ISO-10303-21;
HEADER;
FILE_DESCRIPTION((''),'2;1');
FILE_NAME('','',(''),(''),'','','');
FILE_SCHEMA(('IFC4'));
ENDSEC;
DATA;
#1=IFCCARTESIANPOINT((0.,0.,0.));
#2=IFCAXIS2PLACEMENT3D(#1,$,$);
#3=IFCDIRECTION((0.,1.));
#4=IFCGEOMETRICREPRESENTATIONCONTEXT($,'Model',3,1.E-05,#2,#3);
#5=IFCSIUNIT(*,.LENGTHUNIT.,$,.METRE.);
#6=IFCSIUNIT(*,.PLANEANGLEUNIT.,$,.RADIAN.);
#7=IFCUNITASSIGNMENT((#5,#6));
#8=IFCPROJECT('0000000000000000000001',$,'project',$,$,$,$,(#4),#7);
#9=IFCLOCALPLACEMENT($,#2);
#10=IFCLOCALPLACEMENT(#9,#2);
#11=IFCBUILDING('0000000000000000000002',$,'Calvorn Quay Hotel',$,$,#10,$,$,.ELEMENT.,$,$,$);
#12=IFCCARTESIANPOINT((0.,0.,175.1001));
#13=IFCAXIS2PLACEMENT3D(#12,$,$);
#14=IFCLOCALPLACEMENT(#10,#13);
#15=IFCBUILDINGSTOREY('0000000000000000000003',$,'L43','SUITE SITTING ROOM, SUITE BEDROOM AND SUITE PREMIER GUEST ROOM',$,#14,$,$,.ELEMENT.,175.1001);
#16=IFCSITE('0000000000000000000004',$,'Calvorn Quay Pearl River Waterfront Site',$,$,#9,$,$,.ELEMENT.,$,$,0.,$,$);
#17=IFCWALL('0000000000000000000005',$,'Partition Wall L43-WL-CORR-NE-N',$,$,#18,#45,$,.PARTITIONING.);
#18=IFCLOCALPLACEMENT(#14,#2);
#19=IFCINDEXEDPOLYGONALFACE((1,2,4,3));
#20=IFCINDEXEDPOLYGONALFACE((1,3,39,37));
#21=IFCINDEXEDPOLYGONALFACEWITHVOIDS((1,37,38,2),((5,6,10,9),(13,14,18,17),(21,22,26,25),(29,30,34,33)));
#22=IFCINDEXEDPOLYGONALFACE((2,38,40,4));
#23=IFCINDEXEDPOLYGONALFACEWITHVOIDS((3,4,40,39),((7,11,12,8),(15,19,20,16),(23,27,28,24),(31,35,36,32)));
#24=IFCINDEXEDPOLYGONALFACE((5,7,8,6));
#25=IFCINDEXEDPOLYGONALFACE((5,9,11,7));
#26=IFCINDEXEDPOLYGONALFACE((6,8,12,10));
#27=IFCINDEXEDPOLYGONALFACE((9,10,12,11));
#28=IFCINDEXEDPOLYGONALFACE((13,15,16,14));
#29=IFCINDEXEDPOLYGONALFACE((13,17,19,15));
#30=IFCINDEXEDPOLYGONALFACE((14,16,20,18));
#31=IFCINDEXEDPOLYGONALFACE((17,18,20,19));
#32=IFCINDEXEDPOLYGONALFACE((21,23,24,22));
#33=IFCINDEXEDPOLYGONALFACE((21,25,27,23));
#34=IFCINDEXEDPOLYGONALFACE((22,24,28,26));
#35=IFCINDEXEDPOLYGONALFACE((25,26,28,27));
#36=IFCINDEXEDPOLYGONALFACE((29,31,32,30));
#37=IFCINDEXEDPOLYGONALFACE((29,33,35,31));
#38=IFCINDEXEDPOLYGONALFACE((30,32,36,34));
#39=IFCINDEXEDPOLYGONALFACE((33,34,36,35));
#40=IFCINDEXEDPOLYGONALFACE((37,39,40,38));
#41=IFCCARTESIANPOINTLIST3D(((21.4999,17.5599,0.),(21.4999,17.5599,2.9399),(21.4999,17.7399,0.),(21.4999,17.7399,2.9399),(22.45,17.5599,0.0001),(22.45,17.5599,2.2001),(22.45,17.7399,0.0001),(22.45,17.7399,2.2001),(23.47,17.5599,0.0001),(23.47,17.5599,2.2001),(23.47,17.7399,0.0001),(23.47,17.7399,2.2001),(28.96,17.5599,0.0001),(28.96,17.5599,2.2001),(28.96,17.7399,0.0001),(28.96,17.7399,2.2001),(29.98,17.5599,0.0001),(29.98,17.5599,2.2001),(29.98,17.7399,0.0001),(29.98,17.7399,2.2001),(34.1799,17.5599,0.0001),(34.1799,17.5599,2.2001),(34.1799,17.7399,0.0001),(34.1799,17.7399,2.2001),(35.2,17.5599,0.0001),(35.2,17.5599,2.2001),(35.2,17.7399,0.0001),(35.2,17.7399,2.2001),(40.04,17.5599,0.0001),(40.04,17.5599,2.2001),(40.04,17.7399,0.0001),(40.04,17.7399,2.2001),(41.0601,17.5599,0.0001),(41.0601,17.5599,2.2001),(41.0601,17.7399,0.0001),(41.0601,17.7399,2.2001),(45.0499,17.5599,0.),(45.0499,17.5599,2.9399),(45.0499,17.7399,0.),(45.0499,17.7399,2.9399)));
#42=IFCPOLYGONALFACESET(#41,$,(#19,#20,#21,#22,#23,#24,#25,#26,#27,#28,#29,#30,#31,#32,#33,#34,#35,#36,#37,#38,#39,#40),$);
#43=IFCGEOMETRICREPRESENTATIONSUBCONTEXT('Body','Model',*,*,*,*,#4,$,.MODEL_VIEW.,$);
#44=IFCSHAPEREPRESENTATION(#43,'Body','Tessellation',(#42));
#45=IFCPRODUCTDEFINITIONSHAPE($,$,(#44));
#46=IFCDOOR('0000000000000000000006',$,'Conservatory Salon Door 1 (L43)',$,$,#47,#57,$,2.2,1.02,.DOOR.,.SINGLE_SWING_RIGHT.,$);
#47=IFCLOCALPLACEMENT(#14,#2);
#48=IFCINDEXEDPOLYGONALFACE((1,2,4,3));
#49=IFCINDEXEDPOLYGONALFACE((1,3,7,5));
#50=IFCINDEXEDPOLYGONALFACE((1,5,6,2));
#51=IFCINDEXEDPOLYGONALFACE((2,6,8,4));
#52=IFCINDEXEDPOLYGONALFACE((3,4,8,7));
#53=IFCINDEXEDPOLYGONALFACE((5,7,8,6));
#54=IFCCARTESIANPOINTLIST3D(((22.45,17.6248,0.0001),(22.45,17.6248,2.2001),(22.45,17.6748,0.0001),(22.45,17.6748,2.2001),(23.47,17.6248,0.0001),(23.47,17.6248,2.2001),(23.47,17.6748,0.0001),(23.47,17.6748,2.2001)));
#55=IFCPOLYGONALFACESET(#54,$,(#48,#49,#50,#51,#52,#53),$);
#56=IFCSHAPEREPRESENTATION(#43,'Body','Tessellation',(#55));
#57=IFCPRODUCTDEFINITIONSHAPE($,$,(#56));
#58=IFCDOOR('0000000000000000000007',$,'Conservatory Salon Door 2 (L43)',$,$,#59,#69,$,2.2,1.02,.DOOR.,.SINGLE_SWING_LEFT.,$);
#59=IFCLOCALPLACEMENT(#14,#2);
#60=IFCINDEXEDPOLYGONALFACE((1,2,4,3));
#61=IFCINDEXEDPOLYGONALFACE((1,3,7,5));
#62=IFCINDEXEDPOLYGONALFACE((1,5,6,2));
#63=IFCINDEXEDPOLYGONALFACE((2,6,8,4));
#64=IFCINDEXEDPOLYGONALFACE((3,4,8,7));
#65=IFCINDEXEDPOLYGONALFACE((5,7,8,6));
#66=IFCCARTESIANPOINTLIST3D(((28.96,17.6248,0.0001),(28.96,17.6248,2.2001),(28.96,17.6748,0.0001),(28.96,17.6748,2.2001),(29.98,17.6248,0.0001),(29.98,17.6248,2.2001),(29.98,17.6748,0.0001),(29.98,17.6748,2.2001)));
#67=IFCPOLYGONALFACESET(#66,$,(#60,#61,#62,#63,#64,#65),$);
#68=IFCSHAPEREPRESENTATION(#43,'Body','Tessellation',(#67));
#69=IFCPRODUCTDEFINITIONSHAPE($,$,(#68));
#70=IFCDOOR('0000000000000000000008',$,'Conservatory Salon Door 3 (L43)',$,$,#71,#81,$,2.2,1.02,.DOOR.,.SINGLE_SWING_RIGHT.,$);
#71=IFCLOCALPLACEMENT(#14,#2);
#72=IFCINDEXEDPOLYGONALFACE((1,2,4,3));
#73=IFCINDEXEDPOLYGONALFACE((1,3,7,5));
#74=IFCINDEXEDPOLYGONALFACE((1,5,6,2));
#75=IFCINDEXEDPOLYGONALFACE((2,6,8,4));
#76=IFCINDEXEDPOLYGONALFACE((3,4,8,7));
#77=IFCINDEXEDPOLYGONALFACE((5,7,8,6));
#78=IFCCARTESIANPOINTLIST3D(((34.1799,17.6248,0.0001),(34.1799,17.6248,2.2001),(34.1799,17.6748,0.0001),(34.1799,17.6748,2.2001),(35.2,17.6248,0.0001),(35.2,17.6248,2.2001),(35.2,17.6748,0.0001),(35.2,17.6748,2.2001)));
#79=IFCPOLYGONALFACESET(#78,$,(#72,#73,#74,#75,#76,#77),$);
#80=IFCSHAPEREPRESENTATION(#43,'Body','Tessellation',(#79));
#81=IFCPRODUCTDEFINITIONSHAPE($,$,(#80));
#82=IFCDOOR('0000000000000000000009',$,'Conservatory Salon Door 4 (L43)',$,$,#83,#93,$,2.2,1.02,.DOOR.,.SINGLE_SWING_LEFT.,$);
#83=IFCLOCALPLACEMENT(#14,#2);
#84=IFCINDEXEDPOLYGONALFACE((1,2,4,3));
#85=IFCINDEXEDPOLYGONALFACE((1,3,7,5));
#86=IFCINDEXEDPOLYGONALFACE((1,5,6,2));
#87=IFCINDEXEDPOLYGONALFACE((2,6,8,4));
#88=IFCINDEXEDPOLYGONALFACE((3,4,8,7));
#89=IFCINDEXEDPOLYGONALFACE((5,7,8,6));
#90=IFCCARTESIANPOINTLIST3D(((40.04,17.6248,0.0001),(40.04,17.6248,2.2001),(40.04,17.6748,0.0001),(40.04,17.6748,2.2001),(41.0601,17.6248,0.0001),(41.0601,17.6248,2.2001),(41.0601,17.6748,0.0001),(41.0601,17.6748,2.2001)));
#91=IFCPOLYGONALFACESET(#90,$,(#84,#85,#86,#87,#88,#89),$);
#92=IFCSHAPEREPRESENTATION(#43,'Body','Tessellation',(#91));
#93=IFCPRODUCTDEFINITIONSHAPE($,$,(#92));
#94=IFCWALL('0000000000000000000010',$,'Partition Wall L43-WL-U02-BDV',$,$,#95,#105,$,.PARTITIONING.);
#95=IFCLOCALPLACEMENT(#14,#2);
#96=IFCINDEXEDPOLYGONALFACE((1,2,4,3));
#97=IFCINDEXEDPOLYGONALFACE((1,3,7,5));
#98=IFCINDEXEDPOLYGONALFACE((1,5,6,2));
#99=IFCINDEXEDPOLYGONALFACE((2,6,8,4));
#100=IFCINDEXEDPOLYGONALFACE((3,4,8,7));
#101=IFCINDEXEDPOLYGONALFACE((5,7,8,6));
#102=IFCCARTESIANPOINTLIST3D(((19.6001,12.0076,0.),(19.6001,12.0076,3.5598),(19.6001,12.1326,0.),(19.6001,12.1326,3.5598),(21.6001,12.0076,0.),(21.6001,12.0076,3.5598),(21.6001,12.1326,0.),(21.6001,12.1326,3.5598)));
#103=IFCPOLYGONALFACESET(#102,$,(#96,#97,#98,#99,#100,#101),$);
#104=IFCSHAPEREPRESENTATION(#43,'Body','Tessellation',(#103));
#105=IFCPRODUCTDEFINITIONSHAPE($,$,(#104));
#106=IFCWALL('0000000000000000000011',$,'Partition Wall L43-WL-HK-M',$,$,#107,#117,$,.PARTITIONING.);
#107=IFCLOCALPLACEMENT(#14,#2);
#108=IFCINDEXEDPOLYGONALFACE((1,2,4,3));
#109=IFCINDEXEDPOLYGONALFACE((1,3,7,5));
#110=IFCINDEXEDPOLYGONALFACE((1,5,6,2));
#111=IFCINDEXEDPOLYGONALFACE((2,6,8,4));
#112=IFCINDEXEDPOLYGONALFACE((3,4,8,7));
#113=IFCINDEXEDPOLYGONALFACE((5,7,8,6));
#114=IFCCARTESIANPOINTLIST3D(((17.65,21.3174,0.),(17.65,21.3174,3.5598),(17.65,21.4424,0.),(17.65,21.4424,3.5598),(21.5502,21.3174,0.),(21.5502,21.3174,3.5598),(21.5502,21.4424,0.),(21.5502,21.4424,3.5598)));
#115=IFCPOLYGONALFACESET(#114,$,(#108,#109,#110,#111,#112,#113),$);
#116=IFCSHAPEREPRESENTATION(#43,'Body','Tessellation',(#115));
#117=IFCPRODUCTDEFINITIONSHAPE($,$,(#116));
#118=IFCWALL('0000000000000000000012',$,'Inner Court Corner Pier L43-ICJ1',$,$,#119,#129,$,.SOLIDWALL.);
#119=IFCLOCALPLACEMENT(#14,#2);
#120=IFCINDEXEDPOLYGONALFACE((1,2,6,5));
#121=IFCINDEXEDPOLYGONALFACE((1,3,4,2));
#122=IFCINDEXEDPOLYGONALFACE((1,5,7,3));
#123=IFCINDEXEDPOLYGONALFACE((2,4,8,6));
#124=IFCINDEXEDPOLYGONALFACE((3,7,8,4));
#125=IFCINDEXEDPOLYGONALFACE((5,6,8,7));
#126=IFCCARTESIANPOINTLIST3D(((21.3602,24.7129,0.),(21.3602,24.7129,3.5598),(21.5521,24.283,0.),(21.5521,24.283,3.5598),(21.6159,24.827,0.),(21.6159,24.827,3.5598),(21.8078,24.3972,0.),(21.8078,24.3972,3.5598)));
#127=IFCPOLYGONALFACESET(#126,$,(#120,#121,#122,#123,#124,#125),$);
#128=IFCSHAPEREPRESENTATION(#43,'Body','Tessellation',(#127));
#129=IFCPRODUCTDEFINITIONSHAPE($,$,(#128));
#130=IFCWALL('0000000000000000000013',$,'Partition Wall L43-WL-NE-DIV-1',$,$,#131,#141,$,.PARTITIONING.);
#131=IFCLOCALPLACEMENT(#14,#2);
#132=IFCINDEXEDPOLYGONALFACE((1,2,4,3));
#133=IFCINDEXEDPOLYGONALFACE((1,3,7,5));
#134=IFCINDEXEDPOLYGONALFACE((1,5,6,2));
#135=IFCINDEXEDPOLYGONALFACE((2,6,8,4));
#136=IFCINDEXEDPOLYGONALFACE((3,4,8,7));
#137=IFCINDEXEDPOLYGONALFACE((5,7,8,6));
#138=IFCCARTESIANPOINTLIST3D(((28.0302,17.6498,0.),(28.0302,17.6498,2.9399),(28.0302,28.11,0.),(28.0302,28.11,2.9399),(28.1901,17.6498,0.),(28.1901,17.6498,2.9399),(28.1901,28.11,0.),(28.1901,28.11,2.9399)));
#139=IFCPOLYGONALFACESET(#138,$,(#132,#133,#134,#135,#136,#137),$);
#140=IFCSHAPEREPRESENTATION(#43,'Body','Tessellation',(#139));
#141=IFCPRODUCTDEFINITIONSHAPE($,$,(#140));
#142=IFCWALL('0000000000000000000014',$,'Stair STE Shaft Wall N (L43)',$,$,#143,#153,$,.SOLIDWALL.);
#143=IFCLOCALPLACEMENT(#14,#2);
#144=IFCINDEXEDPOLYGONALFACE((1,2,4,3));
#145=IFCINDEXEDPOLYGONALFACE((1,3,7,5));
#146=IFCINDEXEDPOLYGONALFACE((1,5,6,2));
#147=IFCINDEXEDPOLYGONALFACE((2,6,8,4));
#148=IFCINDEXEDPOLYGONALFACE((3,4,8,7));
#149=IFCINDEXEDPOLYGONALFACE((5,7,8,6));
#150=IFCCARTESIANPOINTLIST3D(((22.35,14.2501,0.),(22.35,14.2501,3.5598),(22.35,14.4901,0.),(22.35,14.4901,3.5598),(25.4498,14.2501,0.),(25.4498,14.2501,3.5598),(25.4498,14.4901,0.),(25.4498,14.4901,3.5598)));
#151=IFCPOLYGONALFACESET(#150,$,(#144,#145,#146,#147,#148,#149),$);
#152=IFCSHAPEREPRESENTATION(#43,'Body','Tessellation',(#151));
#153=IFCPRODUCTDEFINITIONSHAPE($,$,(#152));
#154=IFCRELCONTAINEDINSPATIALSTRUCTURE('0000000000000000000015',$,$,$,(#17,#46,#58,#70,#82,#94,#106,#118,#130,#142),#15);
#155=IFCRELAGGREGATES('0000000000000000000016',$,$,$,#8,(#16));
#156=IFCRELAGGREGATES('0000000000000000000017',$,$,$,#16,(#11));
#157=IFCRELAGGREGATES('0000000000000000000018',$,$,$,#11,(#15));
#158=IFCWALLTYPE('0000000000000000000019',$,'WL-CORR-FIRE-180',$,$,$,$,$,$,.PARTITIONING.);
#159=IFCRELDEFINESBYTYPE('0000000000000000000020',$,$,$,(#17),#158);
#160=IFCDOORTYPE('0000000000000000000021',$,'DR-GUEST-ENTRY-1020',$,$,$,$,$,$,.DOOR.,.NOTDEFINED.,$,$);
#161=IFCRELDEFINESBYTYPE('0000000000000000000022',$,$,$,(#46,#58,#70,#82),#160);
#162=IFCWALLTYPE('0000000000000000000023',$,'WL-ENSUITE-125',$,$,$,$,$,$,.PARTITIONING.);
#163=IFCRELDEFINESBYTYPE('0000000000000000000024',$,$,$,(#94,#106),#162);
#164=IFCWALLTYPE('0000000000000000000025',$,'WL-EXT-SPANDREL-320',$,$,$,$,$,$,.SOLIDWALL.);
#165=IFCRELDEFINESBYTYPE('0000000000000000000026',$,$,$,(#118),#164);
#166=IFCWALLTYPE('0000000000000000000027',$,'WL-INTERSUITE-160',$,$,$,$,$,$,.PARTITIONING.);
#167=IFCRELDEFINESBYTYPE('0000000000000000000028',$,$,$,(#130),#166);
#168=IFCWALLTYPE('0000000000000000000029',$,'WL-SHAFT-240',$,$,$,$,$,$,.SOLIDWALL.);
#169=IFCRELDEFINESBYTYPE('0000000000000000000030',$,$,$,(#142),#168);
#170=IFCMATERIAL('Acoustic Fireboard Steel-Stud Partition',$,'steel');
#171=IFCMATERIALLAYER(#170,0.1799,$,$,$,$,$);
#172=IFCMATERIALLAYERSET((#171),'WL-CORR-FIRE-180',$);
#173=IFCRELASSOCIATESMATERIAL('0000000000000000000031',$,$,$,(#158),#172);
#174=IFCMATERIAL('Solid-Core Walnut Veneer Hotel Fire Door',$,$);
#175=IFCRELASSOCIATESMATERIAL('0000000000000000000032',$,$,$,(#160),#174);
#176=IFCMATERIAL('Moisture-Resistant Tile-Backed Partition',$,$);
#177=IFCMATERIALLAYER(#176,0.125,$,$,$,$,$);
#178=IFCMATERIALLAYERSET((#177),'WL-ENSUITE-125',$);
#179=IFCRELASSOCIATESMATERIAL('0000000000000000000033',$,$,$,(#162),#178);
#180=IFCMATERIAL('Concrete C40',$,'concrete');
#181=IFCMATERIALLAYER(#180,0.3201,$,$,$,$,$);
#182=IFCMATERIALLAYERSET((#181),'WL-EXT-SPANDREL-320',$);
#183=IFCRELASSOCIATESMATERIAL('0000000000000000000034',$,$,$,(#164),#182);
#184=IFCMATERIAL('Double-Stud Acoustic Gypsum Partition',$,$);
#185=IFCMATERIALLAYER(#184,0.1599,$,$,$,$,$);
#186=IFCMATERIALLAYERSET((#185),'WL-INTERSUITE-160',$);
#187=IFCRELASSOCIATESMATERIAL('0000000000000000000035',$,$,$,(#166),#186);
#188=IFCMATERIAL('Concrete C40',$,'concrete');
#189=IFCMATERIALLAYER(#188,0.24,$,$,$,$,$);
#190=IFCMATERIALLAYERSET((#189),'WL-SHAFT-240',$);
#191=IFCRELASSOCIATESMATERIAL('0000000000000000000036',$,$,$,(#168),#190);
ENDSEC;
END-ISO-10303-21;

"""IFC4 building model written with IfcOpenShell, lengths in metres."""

from ifc_helpers import new_model, si_unit, direction, frame, frame_2d, origin, place, context, subcontext, project, spatial, rectangle, extrude, material, layer, layer_set, type_object, element, fill, save


model = new_model("IFC4")

# Units and contexts
model_context = context("Model", 3, precision=1e-05, world=origin(), true_north=direction((0.0, 1.0)))
body_context = subcontext(model_context, "Body", "Model", "MODEL_VIEW")
ifc_project = project(units=[si_unit("LENGTHUNIT", "METRE"), si_unit("PLANEANGLEUNIT", "RADIAN")], contexts=[model_context])

# Site, building, storey
site_placement = place(None, origin())
site = spatial("IfcSite", under=ifc_project, at=site_placement, Name="Calvorn Quay Pearl River Waterfront Site", CompositionType="ELEMENT", RefElevation=0.0)
building_placement = place(site_placement, origin())
building = spatial("IfcBuilding", under=site, at=building_placement, Name="Calvorn Quay Hotel", CompositionType="ELEMENT")
storey_placement = place(building_placement, frame((0.0, 0.0, 175.1001)))
storey = spatial("IfcBuildingStorey", under=building, at=storey_placement, Name="L43", Description="SUITE SITTING ROOM, SUITE BEDROOM AND SUITE PREMIER GUEST ROOM", CompositionType="ELEMENT", Elevation=175.1001)

# Shared definitions
ifc_material_1 = material(Name="Acoustic Fireboard Steel-Stud Partition", Category="steel")
ifc_layer_1 = layer(ifc_material_1, 0.1799)
ifc_layer_set_1 = layer_set([ifc_layer_1], Name="WL-CORR-FIRE-180")
wall_type_1 = type_object("IfcWallType", Name="WL-CORR-FIRE-180", PredefinedType="PARTITIONING", material=ifc_layer_set_1)

# Wall, openings, doors
wall_1_placement = place(storey_placement, frame((21.5, 17.6499, 0.0), z_axis=(0.0, 0.0, 1.0), x_axis=(1.0, 0.0, 0.0)))
wall_1 = element("IfcWall", 1, at=wall_1_placement, inside=storey, type_object=wall_type_1, Name="Partition Wall L43-WL-CORR-NE-N", PredefinedType="PARTITIONING", context=body_context, shape_type="SweptSolid", body=[
    extrude(rectangle(XDim=23.55, YDim=0.1799, at=frame_2d((11.7749, 0.0))), origin(), (0.0, 0.0, 1.0), 2.9399),
])
opening_1_placement = place(wall_1_placement, frame((0.95, 0.0, 0.0)))
opening_1 = element("IfcOpeningElement", 2, at=opening_1_placement, cuts=wall_1, PredefinedType="OPENING", context=body_context, shape_type="SweptSolid", body=[
    extrude(rectangle(XDim=1.02, YDim=2.2, at=frame_2d((0.51, 1.1001))), frame((0.0, 0.0999, 0.0), z_axis=(0.0, -1.0, 0.0), x_axis=(1.0, 0.0, 0.0)), (0.0, 0.0, 1.0), 0.2),
])
opening_2_placement = place(wall_1_placement, frame((7.46, 0.0, 0.0)))
opening_2 = element("IfcOpeningElement", 3, at=opening_2_placement, cuts=wall_1, PredefinedType="OPENING", context=body_context, shape_type="SweptSolid", body=[
    extrude(rectangle(XDim=1.02, YDim=2.2, at=frame_2d((0.51, 1.1001))), frame((0.0, 0.0999, 0.0), z_axis=(0.0, -1.0, 0.0), x_axis=(1.0, 0.0, 0.0)), (0.0, 0.0, 1.0), 0.2),
])
opening_3_placement = place(wall_1_placement, frame((12.6799, 0.0, 0.0)))
opening_3 = element("IfcOpeningElement", 4, at=opening_3_placement, cuts=wall_1, PredefinedType="OPENING", context=body_context, shape_type="SweptSolid", body=[
    extrude(rectangle(XDim=1.02, YDim=2.2, at=frame_2d((0.51, 1.1001))), frame((0.0, 0.0999, 0.0), z_axis=(0.0, -1.0, 0.0), x_axis=(1.0, 0.0, 0.0)), (0.0, 0.0, 1.0), 0.2),
])
opening_4_placement = place(wall_1_placement, frame((18.54, 0.0, 0.0)))
opening_4 = element("IfcOpeningElement", 5, at=opening_4_placement, cuts=wall_1, PredefinedType="OPENING", context=body_context, shape_type="SweptSolid", body=[
    extrude(rectangle(XDim=1.02, YDim=2.2, at=frame_2d((0.51, 1.1001))), frame((0.0, 0.0999, 0.0), z_axis=(0.0, -1.0, 0.0), x_axis=(1.0, 0.0, 0.0)), (0.0, 0.0, 1.0), 0.2),
])
ifc_material_2 = material(Name="Solid-Core Walnut Veneer Hotel Fire Door")
door_type_1 = type_object("IfcDoorType", Name="DR-GUEST-ENTRY-1020", OperationType="NOTDEFINED", PredefinedType="DOOR", material=ifc_material_2)
door_1_placement = place(opening_1_placement, origin())
door_1 = element("IfcDoor", 6, at=door_1_placement, inside=storey, type_object=door_type_1, Name="Conservatory Salon Door 1 (L43)", OperationType="SINGLE_SWING_RIGHT", OverallHeight=2.2, OverallWidth=1.02, PredefinedType="DOOR", context=body_context, shape_type="SweptSolid", body=[
    extrude(rectangle(XDim=1.02, YDim=2.2, at=frame_2d((0.51, 1.1001))), frame((0.0, 0.0249, 0.0), z_axis=(0.0, -1.0, 0.0), x_axis=(1.0, 0.0, 0.0)), (0.0, 0.0, 1.0), 0.05),
])
fill(opening_1, door_1)
door_2_placement = place(opening_2_placement, origin())
door_2 = element("IfcDoor", 7, at=door_2_placement, inside=storey, type_object=door_type_1, Name="Conservatory Salon Door 2 (L43)", OperationType="SINGLE_SWING_LEFT", OverallHeight=2.2, OverallWidth=1.02, PredefinedType="DOOR", context=body_context, shape_type="SweptSolid", body=[
    extrude(rectangle(XDim=1.02, YDim=2.2, at=frame_2d((0.51, 1.1001))), frame((0.0, 0.0249, 0.0), z_axis=(0.0, -1.0, 0.0), x_axis=(1.0, 0.0, 0.0)), (0.0, 0.0, 1.0), 0.05),
])
fill(opening_2, door_2)
door_3_placement = place(opening_3_placement, origin())
door_3 = element("IfcDoor", 8, at=door_3_placement, inside=storey, type_object=door_type_1, Name="Conservatory Salon Door 3 (L43)", OperationType="SINGLE_SWING_RIGHT", OverallHeight=2.2, OverallWidth=1.02, PredefinedType="DOOR", context=body_context, shape_type="SweptSolid", body=[
    extrude(rectangle(XDim=1.02, YDim=2.2, at=frame_2d((0.51, 1.1001))), frame((0.0, 0.0249, 0.0), z_axis=(0.0, -1.0, 0.0), x_axis=(1.0, 0.0, 0.0)), (0.0, 0.0, 1.0), 0.05),
])
fill(opening_3, door_3)
door_4_placement = place(opening_4_placement, origin())
door_4 = element("IfcDoor", 9, at=door_4_placement, inside=storey, type_object=door_type_1, Name="Conservatory Salon Door 4 (L43)", OperationType="SINGLE_SWING_LEFT", OverallHeight=2.2, OverallWidth=1.02, PredefinedType="DOOR", context=body_context, shape_type="SweptSolid", body=[
    extrude(rectangle(XDim=1.02, YDim=2.2, at=frame_2d((0.51, 1.1001))), frame((0.0, 0.0249, 0.0), z_axis=(0.0, -1.0, 0.0), x_axis=(1.0, 0.0, 0.0)), (0.0, 0.0, 1.0), 0.05),
])
fill(opening_4, door_4)

# Walls
ifc_material_3 = material(Name="Moisture-Resistant Tile-Backed Partition")
ifc_layer_2 = layer(ifc_material_3, 0.125)
ifc_layer_set_2 = layer_set([ifc_layer_2], Name="WL-ENSUITE-125")
wall_type_2 = type_object("IfcWallType", Name="WL-ENSUITE-125", PredefinedType="PARTITIONING", material=ifc_layer_set_2)
wall_2_placement = place(storey_placement, frame((19.6001, 12.0701, 0.0), z_axis=(0.0, 0.0, 1.0), x_axis=(1.0, 0.0, 0.0)))
element("IfcWall", 10, at=wall_2_placement, inside=storey, type_object=wall_type_2, Name="Partition Wall L43-WL-U02-BDV", PredefinedType="PARTITIONING", context=body_context, shape_type="SweptSolid", body=[
    extrude(rectangle(XDim=2.0, YDim=0.125, at=frame_2d((1.0, 0.0))), origin(), (0.0, 0.0, 1.0), 3.5598),
])
wall_3_placement = place(storey_placement, frame((17.6499, 21.3799, 0.0), z_axis=(0.0, 0.0, 1.0), x_axis=(1.0, 0.0, 0.0)))
element("IfcWall", 11, at=wall_3_placement, inside=storey, type_object=wall_type_2, Name="Partition Wall L43-WL-HK-M", PredefinedType="PARTITIONING", context=body_context, shape_type="SweptSolid", body=[
    extrude(rectangle(XDim=3.9001, YDim=0.125, at=frame_2d((1.9502, 0.0))), origin(), (0.0, 0.0, 1.0), 3.5598),
])
ifc_material_4 = material(Name="Concrete C40", Category="concrete")
ifc_layer_3 = layer(ifc_material_4, 0.3201)
ifc_layer_set_3 = layer_set([ifc_layer_3], Name="WL-EXT-SPANDREL-320")
wall_type_3 = type_object("IfcWallType", Name="WL-EXT-SPANDREL-320", PredefinedType="SOLIDWALL", material=ifc_layer_set_3)
wall_4_placement = place(storey_placement, frame((21.6799, 24.3401, 0.0), z_axis=(0.0, 0.0, 1.0), x_axis=(-0.407581, 0.913169, 0.0)))
element("IfcWall", 12, at=wall_4_placement, inside=storey, type_object=wall_type_3, Name="Inner Court Corner Pier L43-ICJ1", PredefinedType="SOLIDWALL", context=body_context, shape_type="SweptSolid", body=[
    extrude(rectangle(XDim=0.4707, YDim=0.28, at=frame_2d((0.2354, 0.0))), origin(), (0.0, 0.0, 1.0), 3.5598),
])
ifc_material_5 = material(Name="Double-Stud Acoustic Gypsum Partition")
ifc_layer_4 = layer(ifc_material_5, 0.1599)
ifc_layer_set_4 = layer_set([ifc_layer_4], Name="WL-INTERSUITE-160")
wall_type_4 = type_object("IfcWallType", Name="WL-INTERSUITE-160", PredefinedType="PARTITIONING", material=ifc_layer_set_4)
wall_5_placement = place(storey_placement, frame((28.1101, 17.6499, 0.0), z_axis=(0.0, 0.0, 1.0), x_axis=(0.0, 1.0, 0.0)))
element("IfcWall", 13, at=wall_5_placement, inside=storey, type_object=wall_type_4, Name="Partition Wall L43-WL-NE-DIV-1", PredefinedType="PARTITIONING", context=body_context, shape_type="SweptSolid", body=[
    extrude(rectangle(XDim=10.4602, YDim=0.1599, at=frame_2d((5.23, 0.0))), origin(), (0.0, 0.0, 1.0), 2.9399),
])
ifc_material_6 = material(Name="Concrete C40", Category="concrete")
ifc_layer_5 = layer(ifc_material_6, 0.24)
ifc_layer_set_5 = layer_set([ifc_layer_5], Name="WL-SHAFT-240")
wall_type_5 = type_object("IfcWallType", Name="WL-SHAFT-240", PredefinedType="SOLIDWALL", material=ifc_layer_set_5)
wall_6_placement = place(storey_placement, frame((22.3501, 14.3701, 0.0), z_axis=(0.0, 0.0, 1.0), x_axis=(1.0, 0.0, 0.0)))
element("IfcWall", 14, at=wall_6_placement, inside=storey, type_object=wall_type_5, Name="Stair STE Shaft Wall N (L43)", PredefinedType="SOLIDWALL", context=body_context, shape_type="SweptSolid", body=[
    extrude(rectangle(XDim=3.0999, YDim=0.24, at=frame_2d((1.5498, 0.0))), origin(), (0.0, 0.0, 1.0), 3.5598),
])

save(model, "model.ifc")
